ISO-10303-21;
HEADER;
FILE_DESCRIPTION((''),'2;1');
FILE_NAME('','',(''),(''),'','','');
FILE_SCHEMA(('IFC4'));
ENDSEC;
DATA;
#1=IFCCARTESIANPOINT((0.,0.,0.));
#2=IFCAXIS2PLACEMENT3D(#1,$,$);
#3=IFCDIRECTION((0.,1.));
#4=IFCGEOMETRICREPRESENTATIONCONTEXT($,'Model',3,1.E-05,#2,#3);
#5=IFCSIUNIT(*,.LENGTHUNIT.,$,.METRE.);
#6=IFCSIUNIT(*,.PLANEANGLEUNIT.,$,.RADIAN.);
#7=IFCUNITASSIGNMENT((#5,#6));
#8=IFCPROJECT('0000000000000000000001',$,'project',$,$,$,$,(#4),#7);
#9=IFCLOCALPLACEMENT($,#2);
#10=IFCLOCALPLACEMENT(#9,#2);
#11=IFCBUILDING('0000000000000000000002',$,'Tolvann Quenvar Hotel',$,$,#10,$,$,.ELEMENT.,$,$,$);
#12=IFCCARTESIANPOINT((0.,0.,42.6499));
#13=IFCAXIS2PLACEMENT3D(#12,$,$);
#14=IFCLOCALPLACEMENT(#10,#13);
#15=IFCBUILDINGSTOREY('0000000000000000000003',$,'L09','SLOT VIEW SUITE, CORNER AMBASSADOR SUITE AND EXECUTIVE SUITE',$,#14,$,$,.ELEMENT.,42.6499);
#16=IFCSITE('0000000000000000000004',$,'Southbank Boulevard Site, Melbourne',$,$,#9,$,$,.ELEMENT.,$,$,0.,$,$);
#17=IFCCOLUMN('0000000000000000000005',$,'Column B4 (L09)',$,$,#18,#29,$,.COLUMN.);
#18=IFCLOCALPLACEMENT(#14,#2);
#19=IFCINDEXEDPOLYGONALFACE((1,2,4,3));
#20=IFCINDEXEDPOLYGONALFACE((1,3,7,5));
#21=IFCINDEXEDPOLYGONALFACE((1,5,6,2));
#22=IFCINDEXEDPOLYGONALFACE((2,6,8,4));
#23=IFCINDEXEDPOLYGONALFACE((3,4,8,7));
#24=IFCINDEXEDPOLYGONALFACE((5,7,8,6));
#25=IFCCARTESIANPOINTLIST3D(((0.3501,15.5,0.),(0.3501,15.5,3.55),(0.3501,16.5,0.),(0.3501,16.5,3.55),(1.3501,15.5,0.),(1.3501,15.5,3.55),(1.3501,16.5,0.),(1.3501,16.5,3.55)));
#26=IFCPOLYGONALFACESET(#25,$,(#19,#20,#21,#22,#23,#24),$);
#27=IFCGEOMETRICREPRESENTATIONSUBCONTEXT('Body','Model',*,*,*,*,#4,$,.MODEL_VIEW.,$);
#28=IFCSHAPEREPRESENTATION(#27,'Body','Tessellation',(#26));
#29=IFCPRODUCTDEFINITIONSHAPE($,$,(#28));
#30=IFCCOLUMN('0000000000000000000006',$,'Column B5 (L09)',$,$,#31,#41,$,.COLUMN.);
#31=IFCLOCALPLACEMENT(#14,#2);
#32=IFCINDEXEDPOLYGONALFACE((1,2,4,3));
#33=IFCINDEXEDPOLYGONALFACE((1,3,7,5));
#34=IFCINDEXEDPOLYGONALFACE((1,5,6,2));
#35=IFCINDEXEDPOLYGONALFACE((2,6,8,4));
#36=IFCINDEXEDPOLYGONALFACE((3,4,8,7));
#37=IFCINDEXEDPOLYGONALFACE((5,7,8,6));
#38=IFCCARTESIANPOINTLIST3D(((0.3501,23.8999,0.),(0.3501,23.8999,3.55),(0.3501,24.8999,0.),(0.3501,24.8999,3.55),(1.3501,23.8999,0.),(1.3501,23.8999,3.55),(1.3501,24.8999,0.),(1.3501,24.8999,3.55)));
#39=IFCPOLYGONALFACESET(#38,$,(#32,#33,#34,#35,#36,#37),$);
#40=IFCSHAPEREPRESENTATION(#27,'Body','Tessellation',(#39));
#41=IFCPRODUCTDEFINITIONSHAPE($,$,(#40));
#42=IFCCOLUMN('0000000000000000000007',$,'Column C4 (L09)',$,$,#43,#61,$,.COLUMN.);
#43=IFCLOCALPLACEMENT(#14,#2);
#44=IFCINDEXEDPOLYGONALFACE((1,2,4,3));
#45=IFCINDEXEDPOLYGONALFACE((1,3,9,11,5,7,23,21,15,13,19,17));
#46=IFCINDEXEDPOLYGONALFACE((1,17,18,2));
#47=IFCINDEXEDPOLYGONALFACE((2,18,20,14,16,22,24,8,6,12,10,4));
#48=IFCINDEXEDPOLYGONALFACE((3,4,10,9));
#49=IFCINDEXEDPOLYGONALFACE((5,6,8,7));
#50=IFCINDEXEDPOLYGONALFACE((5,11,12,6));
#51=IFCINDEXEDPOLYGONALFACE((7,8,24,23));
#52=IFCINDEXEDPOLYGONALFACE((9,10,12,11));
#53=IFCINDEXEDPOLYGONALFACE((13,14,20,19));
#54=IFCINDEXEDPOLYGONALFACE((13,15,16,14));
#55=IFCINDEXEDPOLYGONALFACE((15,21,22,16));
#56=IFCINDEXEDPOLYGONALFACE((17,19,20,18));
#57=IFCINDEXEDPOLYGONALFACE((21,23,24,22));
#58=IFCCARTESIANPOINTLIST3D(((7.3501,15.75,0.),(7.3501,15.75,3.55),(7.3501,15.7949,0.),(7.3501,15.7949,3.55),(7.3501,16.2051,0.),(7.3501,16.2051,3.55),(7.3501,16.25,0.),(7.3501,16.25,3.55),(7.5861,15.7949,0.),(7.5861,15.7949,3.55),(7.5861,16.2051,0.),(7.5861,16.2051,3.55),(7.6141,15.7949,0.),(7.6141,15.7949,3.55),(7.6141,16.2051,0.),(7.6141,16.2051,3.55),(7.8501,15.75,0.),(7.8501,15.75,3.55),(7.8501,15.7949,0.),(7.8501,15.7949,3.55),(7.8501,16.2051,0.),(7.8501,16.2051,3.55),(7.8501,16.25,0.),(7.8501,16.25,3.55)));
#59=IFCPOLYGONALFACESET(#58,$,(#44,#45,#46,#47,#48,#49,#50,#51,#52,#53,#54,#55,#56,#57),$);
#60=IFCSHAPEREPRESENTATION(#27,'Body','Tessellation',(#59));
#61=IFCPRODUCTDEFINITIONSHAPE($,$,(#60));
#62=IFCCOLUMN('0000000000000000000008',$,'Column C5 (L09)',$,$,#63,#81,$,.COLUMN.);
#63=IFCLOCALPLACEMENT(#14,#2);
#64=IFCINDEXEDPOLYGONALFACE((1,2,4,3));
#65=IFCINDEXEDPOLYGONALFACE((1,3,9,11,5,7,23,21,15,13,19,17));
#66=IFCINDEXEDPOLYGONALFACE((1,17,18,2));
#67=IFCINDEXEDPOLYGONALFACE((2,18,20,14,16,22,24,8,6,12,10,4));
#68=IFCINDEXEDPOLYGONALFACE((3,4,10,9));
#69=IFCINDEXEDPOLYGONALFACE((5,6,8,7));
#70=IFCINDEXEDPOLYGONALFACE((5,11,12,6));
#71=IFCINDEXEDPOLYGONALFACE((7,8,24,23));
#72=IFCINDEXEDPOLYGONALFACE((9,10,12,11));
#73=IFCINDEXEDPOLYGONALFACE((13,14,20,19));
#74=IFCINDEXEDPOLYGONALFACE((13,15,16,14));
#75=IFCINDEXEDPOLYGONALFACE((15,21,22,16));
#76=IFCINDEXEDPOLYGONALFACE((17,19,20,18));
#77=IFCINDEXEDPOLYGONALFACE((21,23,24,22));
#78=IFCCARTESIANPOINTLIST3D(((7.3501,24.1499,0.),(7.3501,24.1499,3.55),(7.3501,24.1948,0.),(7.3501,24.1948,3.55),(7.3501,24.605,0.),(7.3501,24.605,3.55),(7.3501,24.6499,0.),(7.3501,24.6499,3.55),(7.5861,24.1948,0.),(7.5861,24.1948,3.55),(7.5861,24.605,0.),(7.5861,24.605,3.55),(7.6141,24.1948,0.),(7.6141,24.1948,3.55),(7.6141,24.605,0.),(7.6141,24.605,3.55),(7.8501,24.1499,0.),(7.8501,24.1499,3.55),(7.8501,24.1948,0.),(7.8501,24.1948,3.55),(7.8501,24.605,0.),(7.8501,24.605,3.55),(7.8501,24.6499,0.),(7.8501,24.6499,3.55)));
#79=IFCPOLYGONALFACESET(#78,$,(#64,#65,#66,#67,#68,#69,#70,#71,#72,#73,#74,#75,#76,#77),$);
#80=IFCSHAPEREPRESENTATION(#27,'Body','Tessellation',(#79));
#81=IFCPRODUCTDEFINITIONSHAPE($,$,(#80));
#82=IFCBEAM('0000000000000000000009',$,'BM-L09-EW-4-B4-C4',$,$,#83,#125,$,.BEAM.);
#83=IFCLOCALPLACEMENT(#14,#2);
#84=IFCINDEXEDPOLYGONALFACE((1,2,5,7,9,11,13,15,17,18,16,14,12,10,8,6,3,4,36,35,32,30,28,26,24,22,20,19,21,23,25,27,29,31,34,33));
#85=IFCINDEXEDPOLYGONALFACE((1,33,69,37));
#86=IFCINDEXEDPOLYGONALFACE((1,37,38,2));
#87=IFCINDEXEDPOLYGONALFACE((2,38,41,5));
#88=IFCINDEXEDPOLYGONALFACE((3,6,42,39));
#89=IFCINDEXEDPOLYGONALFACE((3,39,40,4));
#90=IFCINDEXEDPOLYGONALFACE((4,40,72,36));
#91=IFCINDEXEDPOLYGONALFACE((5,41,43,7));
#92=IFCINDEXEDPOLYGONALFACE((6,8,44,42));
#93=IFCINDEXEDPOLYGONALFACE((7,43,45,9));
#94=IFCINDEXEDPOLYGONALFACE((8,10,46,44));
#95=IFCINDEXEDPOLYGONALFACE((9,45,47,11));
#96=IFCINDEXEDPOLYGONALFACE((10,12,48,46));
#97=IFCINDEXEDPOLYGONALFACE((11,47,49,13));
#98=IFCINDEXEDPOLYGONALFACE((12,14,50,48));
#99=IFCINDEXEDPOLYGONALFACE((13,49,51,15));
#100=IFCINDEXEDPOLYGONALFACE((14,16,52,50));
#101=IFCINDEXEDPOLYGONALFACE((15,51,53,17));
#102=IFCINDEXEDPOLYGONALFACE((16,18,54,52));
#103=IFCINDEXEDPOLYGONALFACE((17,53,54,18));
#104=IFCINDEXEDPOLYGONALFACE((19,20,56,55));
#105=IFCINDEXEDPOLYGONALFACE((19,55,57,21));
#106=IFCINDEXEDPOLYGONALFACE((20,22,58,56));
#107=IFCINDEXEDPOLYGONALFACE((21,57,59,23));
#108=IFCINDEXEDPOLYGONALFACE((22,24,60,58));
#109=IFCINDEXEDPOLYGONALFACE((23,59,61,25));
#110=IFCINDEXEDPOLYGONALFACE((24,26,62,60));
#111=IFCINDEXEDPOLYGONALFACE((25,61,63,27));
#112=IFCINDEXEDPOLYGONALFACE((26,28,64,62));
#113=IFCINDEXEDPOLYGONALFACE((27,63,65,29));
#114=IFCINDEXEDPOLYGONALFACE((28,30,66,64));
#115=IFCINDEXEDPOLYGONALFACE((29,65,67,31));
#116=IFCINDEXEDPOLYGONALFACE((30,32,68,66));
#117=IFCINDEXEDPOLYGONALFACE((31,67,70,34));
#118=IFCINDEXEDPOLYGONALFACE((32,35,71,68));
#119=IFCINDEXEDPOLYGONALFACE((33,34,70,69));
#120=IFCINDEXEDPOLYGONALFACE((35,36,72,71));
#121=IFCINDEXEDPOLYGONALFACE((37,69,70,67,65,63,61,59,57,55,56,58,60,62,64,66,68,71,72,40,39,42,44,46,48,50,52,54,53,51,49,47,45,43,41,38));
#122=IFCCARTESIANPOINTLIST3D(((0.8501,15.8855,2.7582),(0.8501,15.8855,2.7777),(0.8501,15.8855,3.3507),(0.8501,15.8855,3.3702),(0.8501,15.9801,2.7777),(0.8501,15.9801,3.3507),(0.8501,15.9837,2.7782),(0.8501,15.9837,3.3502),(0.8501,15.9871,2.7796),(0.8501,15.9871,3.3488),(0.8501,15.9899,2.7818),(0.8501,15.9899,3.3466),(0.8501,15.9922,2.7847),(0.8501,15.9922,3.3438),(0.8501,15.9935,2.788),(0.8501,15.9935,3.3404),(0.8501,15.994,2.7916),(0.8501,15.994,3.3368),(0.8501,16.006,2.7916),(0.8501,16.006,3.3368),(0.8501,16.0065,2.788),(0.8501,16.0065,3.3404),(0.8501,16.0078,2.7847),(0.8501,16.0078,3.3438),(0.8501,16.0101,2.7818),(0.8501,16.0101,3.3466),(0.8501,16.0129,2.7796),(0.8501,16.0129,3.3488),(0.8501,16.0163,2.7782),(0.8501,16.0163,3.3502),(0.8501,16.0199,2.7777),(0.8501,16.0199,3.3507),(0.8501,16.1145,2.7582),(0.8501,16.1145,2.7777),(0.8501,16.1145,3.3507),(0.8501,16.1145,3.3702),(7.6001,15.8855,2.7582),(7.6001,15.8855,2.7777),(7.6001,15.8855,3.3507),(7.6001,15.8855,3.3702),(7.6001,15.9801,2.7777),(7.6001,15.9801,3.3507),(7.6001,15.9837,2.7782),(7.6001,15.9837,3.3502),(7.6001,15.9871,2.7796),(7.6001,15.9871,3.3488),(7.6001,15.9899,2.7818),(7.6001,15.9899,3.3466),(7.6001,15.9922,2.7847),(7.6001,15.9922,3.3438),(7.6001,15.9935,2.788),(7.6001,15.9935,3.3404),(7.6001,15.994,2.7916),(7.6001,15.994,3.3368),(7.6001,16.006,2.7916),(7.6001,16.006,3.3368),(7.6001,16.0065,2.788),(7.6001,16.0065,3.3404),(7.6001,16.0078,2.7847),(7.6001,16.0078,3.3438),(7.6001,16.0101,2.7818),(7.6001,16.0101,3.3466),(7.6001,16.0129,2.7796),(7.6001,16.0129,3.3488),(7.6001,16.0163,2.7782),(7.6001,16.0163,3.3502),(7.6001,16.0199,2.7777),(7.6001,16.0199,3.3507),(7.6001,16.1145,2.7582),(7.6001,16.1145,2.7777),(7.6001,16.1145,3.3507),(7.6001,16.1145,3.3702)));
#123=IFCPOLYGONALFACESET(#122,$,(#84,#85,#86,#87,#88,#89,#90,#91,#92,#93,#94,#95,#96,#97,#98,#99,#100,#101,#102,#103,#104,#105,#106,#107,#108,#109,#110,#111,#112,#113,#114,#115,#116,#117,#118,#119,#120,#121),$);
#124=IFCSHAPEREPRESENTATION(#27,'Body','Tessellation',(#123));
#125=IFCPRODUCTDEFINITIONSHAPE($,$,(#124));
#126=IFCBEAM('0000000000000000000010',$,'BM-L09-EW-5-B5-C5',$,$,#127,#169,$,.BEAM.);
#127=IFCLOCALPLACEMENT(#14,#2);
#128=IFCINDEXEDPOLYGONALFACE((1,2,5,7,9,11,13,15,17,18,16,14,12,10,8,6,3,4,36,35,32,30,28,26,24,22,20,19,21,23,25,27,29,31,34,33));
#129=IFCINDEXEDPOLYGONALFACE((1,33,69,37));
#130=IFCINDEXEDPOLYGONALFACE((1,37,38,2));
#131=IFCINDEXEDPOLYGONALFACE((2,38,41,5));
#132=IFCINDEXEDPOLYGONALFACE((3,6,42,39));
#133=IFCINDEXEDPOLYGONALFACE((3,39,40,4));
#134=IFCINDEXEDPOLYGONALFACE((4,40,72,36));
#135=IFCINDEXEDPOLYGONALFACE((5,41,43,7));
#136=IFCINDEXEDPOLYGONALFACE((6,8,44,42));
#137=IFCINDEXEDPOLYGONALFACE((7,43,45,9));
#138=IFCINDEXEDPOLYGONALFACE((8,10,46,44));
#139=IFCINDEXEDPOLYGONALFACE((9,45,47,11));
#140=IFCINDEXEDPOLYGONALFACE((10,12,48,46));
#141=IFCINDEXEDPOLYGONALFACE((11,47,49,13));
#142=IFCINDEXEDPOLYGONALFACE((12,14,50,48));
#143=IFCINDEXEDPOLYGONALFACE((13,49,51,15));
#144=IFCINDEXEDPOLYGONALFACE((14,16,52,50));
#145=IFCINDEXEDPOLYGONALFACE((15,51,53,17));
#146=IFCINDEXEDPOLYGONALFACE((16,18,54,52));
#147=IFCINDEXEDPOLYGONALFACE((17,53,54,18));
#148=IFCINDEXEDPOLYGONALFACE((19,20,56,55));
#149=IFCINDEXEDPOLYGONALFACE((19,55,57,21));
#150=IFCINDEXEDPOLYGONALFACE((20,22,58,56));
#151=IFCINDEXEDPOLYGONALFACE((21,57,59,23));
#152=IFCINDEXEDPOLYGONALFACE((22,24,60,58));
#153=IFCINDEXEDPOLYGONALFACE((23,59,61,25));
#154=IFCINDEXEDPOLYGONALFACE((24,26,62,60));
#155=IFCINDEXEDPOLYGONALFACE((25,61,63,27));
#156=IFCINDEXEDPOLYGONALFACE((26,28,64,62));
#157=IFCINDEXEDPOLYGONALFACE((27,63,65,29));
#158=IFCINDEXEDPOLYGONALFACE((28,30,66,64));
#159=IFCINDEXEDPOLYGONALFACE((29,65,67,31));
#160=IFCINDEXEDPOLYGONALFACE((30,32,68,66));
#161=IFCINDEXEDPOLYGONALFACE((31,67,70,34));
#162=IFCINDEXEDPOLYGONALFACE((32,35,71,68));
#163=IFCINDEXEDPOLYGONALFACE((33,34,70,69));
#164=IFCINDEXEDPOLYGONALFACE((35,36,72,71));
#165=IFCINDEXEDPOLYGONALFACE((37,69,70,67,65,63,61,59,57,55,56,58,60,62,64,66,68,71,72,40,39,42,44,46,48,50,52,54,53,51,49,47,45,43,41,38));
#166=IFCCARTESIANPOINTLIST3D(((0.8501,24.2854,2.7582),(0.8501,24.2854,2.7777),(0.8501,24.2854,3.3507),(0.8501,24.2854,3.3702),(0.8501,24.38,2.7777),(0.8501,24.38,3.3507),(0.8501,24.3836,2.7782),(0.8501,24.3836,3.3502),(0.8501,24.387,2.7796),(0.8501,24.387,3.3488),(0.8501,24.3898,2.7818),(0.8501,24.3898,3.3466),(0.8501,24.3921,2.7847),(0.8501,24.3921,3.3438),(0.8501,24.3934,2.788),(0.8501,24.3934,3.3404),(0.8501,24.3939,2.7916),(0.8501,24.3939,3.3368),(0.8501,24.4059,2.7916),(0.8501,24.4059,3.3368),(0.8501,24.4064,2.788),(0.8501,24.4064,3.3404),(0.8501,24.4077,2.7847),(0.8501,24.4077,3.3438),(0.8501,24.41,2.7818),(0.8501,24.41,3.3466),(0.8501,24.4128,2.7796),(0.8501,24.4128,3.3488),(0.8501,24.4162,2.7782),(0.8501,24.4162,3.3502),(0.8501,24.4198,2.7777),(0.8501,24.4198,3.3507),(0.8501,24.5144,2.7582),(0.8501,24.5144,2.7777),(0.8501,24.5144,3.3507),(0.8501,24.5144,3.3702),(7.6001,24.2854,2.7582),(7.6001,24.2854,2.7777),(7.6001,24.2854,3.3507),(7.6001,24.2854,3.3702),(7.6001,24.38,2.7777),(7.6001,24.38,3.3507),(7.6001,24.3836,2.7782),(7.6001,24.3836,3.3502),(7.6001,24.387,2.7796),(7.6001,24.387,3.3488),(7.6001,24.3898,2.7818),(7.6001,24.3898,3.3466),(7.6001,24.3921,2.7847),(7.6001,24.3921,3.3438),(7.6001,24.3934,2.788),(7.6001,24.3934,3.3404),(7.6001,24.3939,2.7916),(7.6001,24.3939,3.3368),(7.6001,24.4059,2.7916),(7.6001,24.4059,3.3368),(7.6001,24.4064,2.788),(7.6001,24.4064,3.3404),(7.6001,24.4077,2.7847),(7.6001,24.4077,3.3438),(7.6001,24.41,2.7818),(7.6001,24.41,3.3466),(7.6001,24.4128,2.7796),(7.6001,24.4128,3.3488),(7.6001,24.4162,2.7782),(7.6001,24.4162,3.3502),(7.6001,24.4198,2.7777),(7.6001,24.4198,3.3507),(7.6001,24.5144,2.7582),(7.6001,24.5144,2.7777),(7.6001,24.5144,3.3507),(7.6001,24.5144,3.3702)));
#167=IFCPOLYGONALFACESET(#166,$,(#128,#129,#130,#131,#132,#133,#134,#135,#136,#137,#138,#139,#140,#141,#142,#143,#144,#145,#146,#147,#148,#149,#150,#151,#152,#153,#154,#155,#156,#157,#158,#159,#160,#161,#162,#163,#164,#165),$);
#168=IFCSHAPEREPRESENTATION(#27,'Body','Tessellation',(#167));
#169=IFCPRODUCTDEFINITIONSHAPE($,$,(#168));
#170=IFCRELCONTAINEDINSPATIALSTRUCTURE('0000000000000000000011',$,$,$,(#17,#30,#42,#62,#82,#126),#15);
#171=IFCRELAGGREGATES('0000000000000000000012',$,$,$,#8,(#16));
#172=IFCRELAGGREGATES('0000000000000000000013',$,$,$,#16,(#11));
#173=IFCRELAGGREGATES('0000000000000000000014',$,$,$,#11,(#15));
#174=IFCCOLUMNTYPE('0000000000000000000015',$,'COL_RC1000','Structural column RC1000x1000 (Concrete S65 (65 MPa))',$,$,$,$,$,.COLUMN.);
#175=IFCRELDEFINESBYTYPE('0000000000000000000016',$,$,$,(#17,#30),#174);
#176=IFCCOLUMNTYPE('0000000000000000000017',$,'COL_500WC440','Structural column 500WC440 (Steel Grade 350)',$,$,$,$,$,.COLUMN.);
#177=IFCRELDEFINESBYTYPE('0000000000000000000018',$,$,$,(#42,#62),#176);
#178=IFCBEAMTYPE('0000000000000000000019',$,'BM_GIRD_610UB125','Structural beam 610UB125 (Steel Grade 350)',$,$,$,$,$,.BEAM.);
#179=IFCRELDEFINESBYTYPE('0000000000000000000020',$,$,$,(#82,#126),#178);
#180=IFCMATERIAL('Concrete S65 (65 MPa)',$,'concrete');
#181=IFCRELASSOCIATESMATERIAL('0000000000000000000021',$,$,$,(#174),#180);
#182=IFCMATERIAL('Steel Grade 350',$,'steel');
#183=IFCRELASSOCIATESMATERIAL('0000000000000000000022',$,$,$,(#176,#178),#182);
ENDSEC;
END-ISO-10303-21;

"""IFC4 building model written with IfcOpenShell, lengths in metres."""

from ifc_helpers import new_model, si_unit, direction, frame, origin, origin_2d, place, context, subcontext, project, spatial, rectangle, i_section, extrude, source, transform, mapped, material, material_profile, profile_set, type_object, type_shapes, element, save


model = new_model("IFC4")

# Units and contexts
model_context = context("Model", 3, precision=1e-05, world=origin(), true_north=direction((0.0, 1.0)))
body_context = subcontext(model_context, "Body", "Model", "MODEL_VIEW")
ifc_project = project(units=[si_unit("LENGTHUNIT", "METRE"), si_unit("PLANEANGLEUNIT", "RADIAN")], contexts=[model_context])

# Site, building, storey
site_placement = place(None, origin())
site = spatial("IfcSite", under=ifc_project, at=site_placement, Name="Southbank Boulevard Site, Melbourne", CompositionType="ELEMENT", RefElevation=0.0)
building_placement = place(site_placement, origin())
building = spatial("IfcBuilding", under=site, at=building_placement, Name="Tolvann Quenvar Hotel", CompositionType="ELEMENT")
storey_placement = place(building_placement, frame((0.0, 0.0, 42.6499)))
storey = spatial("IfcBuildingStorey", under=building, at=storey_placement, Name="L09", Description="SLOT VIEW SUITE, CORNER AMBASSADOR SUITE AND EXECUTIVE SUITE", CompositionType="ELEMENT", Elevation=42.6499)

# Columns
ifc_material_1 = material(Name="Concrete S65 (65 MPa)", Category="concrete")
ifc_material_profile_1 = material_profile(ifc_material_1, rectangle(XDim=1.0, YDim=1.0, at=origin_2d()), Name="RC1000x1000")
ifc_profile_set_1 = profile_set([ifc_material_profile_1], Name="Concrete S65 (65 MPa)")
column_type_1 = type_object("IfcColumnType", Name="COL_RC1000", Description="Structural column RC1000x1000 (Concrete S65 (65 MPa))", PredefinedType="COLUMN", material=ifc_profile_set_1)
shared_shape_1 = source(origin(), body_context, "Body", "SweptSolid", [
    extrude(rectangle(XDim=1.0, YDim=1.0, at=origin_2d()), origin(), (0.0, 0.0, 1.0), 3.55),
])
type_shapes(column_type_1, [shared_shape_1])
for number, where, z_axis, x_axis, name in (
    (1, (0.8501, 16.0, 0.0), (0.0, 0.0, 1.0), (1.0, 0.0, 0.0), "Column B4 (L09)"),
    (2, (0.8501, 24.3999, 0.0), (0.0, 0.0, 1.0), (1.0, 0.0, 0.0), "Column B5 (L09)"),
):
    element("IfcColumn", number, at=place(storey_placement, frame(where, z_axis=z_axis, x_axis=x_axis)), inside=storey, type_object=column_type_1, Name=name, PredefinedType="COLUMN", context=body_context, shape_type="MappedRepresentation", body=[
        mapped(shared_shape_1, transform((0.0, 0.0, 0.0), x_axis=(1.0, 0.0, 0.0), y_axis=(0.0, 1.0, 0.0), z_axis=(0.0, 0.0, 1.0), scale=1.0)),
    ])
ifc_material_2 = material(Name="Steel Grade 350", Category="steel")
ifc_material_profile_2 = material_profile(ifc_material_2, i_section(OverallWidth=0.5, OverallDepth=0.5, WebThickness=0.0281, FlangeThickness=0.0449, at=origin_2d()), Name="500WC440")
ifc_profile_set_2 = profile_set([ifc_material_profile_2], Name="Steel Grade 350")
column_type_2 = type_object("IfcColumnType", Name="COL_500WC440", Description="Structural column 500WC440 (Steel Grade 350)", PredefinedType="COLUMN", material=ifc_profile_set_2)
shared_shape_2 = source(origin(), body_context, "Body", "SweptSolid", [
    extrude(i_section(OverallWidth=0.5, OverallDepth=0.5, WebThickness=0.0281, FlangeThickness=0.0449, at=origin_2d()), origin(), (0.0, 0.0, 1.0), 3.55),
])
type_shapes(column_type_2, [shared_shape_2])
for number, where, z_axis, x_axis, name in (
    (3, (7.6001, 16.0, 0.0), (0.0, 0.0, 1.0), (1.0, 0.0, 0.0), "Column C4 (L09)"),
    (4, (7.6001, 24.3999, 0.0), (0.0, 0.0, 1.0), (1.0, 0.0, 0.0), "Column C5 (L09)"),
):
    element("IfcColumn", number, at=place(storey_placement, frame(where, z_axis=z_axis, x_axis=x_axis)), inside=storey, type_object=column_type_2, Name=name, PredefinedType="COLUMN", context=body_context, shape_type="MappedRepresentation", body=[
        mapped(shared_shape_2, transform((0.0, 0.0, 0.0), x_axis=(1.0, 0.0, 0.0), y_axis=(0.0, 1.0, 0.0), z_axis=(0.0, 0.0, 1.0), scale=1.0)),
    ])

# Beams
ifc_material_profile_3 = material_profile(ifc_material_2, i_section(OverallWidth=0.229, OverallDepth=0.6121, WebThickness=0.012, FlangeThickness=0.0195, FilletRadius=0.0139, at=origin_2d()), Name="610UB125")
ifc_profile_set_3 = profile_set([ifc_material_profile_3], Name="Steel Grade 350")
beam_type_1 = type_object("IfcBeamType", Name="BM_GIRD_610UB125", Description="Structural beam 610UB125 (Steel Grade 350)", PredefinedType="BEAM", material=ifc_profile_set_3)
shared_shape_3 = source(origin(), body_context, "Body", "SweptSolid", [
    extrude(i_section(OverallWidth=0.229, OverallDepth=0.6121, WebThickness=0.012, FlangeThickness=0.0195, FilletRadius=0.0139, at=origin_2d()), origin(), (0.0, 0.0, 1.0), 6.75),
])
for number, where, z_axis, x_axis, name in (
    (5, (0.8501, 16.0, 3.0642), (1.0, 0.0, 0.0), (0.0, 1.0, 0.0), "BM-L09-EW-4-B4-C4"),
    (6, (0.8501, 24.3999, 3.0642), (1.0, 0.0, 0.0), (0.0, 1.0, 0.0), "BM-L09-EW-5-B5-C5"),
):
    element("IfcBeam", number, at=place(storey_placement, frame(where, z_axis=z_axis, x_axis=x_axis)), inside=storey, type_object=beam_type_1, Name=name, PredefinedType="BEAM", context=body_context, shape_type="MappedRepresentation", body=[
        mapped(shared_shape_3, transform((0.0, 0.0, 0.0), x_axis=(1.0, 0.0, 0.0), y_axis=(0.0, 1.0, 0.0), z_axis=(0.0, 0.0, 1.0), scale=1.0)),
    ])

save(model, "model.ifc")
